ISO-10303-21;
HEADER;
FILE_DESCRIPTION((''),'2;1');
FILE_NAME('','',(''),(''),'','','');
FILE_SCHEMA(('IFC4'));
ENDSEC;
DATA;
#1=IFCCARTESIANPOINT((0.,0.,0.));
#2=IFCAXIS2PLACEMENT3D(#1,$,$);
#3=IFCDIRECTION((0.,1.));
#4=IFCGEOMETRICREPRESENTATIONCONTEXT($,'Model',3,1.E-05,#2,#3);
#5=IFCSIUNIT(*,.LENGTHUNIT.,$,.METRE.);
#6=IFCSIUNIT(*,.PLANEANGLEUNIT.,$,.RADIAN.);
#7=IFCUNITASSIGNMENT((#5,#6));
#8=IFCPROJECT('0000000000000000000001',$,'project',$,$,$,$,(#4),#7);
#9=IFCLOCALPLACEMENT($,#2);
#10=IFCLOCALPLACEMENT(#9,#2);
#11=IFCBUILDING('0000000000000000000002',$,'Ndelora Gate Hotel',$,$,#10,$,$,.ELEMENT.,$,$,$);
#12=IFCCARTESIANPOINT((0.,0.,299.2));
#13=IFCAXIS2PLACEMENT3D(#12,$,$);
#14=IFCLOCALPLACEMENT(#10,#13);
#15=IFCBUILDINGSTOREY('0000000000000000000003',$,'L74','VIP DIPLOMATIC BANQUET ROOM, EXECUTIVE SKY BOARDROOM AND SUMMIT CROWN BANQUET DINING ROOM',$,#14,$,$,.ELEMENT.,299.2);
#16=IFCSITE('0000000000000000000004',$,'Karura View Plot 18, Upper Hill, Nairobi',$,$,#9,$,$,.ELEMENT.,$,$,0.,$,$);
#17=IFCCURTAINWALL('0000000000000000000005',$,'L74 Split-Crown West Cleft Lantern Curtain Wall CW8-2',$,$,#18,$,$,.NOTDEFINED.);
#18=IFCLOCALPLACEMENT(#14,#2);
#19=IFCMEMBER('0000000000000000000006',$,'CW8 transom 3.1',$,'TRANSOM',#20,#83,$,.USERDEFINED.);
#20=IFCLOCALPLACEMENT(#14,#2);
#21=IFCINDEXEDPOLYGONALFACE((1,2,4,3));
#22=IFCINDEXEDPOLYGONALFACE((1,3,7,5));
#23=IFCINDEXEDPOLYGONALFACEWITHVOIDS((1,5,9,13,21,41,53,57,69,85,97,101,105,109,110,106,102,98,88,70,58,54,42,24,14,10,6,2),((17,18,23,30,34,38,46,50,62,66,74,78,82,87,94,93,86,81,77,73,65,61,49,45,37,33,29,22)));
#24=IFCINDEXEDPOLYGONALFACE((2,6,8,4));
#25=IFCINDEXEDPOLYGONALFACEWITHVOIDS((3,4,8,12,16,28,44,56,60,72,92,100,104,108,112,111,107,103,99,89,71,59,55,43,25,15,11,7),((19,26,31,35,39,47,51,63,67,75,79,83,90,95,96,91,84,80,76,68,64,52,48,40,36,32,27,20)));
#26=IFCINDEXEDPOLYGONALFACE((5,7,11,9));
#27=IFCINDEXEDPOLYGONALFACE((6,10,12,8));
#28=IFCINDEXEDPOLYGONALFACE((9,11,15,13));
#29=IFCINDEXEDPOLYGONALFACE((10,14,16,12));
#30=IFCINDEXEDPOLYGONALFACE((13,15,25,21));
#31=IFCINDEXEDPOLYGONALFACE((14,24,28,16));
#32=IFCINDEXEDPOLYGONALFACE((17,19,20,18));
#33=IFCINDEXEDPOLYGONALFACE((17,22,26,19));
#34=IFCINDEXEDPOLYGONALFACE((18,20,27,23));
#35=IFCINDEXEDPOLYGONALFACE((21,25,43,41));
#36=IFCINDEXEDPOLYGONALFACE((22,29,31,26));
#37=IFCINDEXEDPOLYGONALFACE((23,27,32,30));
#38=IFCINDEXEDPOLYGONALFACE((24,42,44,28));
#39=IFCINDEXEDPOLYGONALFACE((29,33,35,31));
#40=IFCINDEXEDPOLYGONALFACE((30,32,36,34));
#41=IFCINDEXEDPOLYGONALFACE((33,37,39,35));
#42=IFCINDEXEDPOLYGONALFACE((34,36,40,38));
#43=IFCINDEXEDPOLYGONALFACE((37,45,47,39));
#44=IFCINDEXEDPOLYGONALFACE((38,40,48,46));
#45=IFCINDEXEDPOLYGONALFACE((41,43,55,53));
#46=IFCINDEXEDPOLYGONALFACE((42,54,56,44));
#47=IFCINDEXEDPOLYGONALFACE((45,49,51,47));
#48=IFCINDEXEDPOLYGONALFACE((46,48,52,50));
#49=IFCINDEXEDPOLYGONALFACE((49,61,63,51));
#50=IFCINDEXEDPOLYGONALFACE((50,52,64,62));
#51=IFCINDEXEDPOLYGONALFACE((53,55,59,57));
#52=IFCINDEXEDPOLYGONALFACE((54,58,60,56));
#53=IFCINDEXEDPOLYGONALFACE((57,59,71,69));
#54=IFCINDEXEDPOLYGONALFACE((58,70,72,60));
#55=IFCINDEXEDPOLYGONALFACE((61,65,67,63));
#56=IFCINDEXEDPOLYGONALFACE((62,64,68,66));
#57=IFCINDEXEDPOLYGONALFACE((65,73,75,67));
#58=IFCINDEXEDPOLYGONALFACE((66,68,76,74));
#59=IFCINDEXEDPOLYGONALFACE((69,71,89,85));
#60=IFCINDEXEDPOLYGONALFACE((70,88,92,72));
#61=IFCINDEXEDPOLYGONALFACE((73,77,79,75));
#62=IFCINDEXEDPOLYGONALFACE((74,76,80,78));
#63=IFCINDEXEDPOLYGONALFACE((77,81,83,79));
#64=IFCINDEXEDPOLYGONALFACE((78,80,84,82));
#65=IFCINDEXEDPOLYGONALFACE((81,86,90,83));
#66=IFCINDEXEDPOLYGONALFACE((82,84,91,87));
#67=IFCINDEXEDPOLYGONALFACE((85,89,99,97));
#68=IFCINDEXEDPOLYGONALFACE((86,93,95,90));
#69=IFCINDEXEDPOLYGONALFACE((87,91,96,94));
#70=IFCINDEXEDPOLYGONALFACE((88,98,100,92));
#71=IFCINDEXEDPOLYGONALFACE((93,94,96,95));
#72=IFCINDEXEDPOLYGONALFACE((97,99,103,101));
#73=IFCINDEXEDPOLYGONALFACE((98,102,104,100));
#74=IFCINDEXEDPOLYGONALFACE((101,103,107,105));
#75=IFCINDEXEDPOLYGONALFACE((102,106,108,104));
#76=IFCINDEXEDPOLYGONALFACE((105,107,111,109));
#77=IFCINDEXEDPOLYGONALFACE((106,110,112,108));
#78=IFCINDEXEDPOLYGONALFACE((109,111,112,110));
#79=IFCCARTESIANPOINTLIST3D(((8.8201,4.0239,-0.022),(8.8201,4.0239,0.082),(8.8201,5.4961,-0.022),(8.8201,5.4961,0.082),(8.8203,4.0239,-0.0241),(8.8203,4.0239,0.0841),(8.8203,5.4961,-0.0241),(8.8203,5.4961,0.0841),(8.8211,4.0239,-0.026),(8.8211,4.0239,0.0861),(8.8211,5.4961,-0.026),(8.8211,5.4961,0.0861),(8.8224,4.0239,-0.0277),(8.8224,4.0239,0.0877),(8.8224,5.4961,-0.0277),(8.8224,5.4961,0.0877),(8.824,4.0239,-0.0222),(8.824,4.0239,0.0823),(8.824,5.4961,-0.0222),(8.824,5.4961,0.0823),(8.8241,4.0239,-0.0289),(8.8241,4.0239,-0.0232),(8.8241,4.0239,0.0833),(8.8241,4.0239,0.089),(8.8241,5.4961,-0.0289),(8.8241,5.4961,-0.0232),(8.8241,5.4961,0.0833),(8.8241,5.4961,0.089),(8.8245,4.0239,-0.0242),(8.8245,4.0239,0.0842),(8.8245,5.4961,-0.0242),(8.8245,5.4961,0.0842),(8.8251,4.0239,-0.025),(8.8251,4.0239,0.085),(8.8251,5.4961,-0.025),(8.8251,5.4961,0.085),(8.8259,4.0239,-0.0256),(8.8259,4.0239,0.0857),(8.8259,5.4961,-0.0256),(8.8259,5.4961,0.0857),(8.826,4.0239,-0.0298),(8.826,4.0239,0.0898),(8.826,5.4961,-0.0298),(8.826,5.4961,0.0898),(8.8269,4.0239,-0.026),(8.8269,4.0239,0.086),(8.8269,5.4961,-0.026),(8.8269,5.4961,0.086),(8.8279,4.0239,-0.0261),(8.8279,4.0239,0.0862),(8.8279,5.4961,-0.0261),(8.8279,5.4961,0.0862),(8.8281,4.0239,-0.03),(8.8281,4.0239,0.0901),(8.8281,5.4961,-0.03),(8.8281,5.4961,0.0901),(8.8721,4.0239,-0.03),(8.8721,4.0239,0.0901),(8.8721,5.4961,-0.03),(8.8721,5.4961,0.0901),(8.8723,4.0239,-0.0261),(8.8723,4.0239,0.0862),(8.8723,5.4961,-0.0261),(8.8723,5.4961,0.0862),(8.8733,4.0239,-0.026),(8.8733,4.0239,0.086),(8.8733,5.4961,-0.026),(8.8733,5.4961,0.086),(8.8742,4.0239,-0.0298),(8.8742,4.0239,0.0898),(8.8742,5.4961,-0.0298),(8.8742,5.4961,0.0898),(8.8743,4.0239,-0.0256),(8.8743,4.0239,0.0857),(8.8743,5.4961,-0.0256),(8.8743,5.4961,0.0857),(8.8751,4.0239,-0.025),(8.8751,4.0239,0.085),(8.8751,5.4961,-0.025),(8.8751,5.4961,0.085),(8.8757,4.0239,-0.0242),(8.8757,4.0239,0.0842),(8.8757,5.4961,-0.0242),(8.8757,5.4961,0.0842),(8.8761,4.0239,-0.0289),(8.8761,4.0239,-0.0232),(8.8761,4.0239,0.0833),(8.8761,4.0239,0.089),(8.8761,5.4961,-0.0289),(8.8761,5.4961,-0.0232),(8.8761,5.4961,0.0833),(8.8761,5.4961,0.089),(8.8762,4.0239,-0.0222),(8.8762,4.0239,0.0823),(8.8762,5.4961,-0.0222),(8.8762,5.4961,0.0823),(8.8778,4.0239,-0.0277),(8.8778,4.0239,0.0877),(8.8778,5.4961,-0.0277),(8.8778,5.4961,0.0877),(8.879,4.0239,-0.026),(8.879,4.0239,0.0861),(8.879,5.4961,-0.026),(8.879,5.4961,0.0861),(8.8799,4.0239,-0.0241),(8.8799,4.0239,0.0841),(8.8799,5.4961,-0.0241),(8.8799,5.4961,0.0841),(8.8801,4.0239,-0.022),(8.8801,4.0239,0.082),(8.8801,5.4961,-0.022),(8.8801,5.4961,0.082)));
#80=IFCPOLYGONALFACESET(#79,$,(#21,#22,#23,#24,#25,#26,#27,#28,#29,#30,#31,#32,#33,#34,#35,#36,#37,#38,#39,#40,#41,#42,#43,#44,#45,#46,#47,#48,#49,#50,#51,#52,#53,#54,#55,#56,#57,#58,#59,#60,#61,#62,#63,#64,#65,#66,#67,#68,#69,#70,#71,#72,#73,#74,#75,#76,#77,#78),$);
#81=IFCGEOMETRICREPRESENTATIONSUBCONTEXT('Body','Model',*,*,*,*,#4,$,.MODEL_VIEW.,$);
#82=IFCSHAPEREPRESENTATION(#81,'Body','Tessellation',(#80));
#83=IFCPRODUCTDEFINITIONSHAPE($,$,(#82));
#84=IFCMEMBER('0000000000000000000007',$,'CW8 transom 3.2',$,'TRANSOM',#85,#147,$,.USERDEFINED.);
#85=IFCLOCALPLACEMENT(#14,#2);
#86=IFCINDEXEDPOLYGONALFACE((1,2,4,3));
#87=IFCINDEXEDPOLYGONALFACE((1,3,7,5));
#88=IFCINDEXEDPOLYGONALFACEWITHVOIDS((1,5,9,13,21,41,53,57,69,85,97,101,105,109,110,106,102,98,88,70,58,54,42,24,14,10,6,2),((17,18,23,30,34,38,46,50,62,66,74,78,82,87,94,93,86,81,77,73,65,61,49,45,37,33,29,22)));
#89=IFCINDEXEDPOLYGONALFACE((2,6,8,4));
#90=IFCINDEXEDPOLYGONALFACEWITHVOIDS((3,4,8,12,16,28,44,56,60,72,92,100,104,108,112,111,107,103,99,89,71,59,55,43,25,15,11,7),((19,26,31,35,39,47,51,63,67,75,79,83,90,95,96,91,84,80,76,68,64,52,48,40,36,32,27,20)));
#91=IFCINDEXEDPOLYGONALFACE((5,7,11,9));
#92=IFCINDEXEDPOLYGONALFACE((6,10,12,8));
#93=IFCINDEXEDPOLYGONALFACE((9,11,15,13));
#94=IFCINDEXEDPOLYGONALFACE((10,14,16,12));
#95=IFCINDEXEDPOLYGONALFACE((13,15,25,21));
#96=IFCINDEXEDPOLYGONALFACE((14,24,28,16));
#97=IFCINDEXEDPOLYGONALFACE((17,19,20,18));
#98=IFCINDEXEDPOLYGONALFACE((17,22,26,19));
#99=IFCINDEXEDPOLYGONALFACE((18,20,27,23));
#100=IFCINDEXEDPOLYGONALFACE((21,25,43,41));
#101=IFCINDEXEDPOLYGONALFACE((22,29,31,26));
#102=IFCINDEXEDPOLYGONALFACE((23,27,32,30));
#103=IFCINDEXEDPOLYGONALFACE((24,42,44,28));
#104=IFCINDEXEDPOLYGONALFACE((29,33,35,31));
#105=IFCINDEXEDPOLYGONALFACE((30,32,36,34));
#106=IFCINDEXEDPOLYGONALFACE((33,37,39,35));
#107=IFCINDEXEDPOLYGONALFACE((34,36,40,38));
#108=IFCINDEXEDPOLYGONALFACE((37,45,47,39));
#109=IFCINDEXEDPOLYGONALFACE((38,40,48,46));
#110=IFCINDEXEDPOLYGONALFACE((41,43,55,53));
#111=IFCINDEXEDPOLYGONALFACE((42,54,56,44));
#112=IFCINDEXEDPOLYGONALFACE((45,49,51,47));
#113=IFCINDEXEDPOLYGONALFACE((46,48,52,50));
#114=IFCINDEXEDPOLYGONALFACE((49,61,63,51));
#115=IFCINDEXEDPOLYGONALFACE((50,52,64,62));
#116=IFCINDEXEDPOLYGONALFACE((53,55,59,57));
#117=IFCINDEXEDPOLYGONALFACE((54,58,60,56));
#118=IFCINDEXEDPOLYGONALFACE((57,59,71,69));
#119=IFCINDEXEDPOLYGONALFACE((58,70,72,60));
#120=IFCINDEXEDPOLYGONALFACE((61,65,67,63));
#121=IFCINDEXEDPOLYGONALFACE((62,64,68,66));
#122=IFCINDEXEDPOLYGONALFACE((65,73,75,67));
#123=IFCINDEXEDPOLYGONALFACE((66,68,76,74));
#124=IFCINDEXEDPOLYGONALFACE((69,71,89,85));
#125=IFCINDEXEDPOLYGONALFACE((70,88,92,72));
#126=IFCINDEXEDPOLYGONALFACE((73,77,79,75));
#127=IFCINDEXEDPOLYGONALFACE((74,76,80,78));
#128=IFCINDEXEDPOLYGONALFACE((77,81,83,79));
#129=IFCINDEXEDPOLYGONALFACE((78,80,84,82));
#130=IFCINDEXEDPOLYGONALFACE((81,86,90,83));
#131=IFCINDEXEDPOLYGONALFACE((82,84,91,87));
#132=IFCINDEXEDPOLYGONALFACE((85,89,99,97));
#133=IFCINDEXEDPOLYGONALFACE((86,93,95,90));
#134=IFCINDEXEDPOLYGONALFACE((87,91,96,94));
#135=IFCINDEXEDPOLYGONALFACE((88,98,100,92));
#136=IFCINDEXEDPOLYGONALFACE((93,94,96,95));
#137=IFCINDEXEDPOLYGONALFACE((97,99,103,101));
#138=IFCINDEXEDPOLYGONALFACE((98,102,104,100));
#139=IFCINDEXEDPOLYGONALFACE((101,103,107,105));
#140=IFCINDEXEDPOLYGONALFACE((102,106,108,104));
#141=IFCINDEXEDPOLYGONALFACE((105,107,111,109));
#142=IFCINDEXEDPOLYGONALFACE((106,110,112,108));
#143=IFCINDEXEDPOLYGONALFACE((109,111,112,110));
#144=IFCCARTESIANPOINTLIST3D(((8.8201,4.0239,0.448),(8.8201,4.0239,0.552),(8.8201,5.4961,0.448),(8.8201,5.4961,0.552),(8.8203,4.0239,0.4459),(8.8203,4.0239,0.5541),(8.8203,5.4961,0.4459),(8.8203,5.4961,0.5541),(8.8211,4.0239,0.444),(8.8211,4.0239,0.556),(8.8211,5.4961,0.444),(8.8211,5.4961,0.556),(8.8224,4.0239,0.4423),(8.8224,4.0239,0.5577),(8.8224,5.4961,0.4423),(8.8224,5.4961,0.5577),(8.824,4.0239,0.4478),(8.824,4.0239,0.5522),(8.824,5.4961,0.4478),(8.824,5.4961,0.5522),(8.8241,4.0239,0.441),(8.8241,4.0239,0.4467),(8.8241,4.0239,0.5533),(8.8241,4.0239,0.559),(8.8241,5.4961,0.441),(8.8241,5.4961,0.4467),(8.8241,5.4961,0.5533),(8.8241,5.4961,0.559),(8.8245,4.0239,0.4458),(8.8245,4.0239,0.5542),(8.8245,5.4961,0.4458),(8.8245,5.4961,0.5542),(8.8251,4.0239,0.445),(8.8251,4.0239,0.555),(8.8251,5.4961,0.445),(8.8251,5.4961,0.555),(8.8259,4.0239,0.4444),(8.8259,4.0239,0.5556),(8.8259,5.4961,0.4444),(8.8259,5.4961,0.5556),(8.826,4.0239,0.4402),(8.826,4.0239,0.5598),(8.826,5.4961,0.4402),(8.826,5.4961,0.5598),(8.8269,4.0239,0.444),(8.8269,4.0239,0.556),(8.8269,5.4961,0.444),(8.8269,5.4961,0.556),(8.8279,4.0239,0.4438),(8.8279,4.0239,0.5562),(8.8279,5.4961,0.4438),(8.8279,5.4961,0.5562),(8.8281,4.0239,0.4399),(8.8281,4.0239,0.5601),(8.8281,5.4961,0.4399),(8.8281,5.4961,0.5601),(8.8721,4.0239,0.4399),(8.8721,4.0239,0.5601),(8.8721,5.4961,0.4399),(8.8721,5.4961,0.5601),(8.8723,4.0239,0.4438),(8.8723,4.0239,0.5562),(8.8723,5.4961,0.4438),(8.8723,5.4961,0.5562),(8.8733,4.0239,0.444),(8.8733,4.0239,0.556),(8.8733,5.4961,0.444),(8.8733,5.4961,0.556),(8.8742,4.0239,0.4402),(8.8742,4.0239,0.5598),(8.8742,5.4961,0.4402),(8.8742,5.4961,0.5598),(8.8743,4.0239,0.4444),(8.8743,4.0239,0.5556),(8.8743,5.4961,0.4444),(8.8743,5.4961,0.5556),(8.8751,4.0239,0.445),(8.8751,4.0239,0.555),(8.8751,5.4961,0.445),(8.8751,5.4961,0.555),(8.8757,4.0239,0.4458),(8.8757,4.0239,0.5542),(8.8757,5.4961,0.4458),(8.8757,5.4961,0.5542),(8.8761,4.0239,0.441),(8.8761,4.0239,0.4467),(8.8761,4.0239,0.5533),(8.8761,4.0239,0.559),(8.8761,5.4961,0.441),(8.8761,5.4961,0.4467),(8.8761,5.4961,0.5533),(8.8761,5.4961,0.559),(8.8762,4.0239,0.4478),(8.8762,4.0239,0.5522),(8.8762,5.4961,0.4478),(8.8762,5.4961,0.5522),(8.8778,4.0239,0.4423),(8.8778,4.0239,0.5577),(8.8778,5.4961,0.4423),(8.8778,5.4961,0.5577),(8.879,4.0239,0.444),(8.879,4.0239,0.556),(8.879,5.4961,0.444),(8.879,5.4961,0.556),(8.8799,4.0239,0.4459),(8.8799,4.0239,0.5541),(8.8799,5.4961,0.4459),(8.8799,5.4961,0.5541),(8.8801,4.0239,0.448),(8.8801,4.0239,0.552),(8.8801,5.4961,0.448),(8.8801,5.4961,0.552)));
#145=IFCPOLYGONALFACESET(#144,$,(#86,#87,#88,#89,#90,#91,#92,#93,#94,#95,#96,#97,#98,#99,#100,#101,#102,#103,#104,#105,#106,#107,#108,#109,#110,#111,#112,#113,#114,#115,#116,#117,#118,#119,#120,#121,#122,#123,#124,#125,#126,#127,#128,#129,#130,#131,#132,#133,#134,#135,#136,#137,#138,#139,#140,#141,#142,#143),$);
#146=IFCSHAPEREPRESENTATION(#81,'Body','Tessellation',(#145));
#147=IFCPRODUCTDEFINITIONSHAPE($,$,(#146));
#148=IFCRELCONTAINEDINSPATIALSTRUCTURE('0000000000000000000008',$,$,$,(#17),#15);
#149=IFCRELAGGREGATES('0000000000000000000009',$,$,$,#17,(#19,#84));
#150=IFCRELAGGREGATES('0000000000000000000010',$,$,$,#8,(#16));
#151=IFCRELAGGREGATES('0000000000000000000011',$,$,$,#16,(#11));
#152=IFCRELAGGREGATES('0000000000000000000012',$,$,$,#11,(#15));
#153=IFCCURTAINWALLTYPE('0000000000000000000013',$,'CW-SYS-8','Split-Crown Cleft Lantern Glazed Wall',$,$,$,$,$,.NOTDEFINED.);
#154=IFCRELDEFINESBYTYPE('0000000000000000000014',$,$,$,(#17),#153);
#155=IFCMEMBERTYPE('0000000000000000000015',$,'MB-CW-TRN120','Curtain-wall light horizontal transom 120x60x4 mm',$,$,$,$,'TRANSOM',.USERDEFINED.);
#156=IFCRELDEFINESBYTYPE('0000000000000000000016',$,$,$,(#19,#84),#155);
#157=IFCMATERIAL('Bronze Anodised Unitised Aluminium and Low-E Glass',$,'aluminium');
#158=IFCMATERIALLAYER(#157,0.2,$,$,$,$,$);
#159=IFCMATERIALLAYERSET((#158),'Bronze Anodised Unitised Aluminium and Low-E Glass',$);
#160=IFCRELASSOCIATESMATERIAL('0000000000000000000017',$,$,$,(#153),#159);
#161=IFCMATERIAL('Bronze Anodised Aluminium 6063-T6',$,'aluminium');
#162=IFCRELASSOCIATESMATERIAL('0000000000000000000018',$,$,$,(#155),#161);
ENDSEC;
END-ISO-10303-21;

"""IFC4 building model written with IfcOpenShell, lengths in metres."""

from ifc_helpers import new_model, si_unit, direction, frame, origin, origin_2d, place, context, subcontext, project, spatial, hollow_rectangle, extrude, material, layer, layer_set, material_profile, profile_set, type_object, element, aggregate, save


model = new_model("IFC4")

# Units and contexts
model_context = context("Model", 3, precision=1e-05, world=origin(), true_north=direction((0.0, 1.0)))
body_context = subcontext(model_context, "Body", "Model", "MODEL_VIEW")
ifc_project = project(units=[si_unit("LENGTHUNIT", "METRE"), si_unit("PLANEANGLEUNIT", "RADIAN")], contexts=[model_context])

# Site, building, storey
site_placement = place(None, origin())
site = spatial("IfcSite", under=ifc_project, at=site_placement, Name="Karura View Plot 18, Upper Hill, Nairobi", CompositionType="ELEMENT", RefElevation=0.0)
building_placement = place(site_placement, origin())
building = spatial("IfcBuilding", under=site, at=building_placement, Name="Ndelora Gate Hotel", CompositionType="ELEMENT")
storey_placement = place(building_placement, frame((0.0, 0.0, 299.2)))
storey = spatial("IfcBuildingStorey", under=building, at=storey_placement, Name="L74", Description="VIP DIPLOMATIC BANQUET ROOM, EXECUTIVE SKY BOARDROOM AND SUMMIT CROWN BANQUET DINING ROOM", CompositionType="ELEMENT", Elevation=299.2)

# Curtain wall
ifc_material_1 = material(Name="Bronze Anodised Unitised Aluminium and Low-E Glass", Category="aluminium")
ifc_layer_1 = layer(ifc_material_1, 0.2)
ifc_layer_set_1 = layer_set([ifc_layer_1], Name="Bronze Anodised Unitised Aluminium and Low-E Glass")
curtain_wall_type = type_object("IfcCurtainWallType", Name="CW-SYS-8", Description="Split-Crown Cleft Lantern Glazed Wall", PredefinedType="NOTDEFINED", material=ifc_layer_set_1)
curtain_wall_1_placement = place(storey_placement, origin())
curtain_wall_1 = element("IfcCurtainWall", 1, at=curtain_wall_1_placement, inside=storey, type_object=curtain_wall_type, Name="L74 Split-Crown West Cleft Lantern Curtain Wall CW8-2", PredefinedType="NOTDEFINED")
ifc_material_2 = material(Name="Bronze Anodised Aluminium 6063-T6", Category="aluminium")

# Members
ifc_material_profile_1 = material_profile(ifc_material_2, hollow_rectangle(XDim=0.0601, YDim=0.1201, WallThickness=0.0039, InnerFilletRadius=0.0039, OuterFilletRadius=0.0081, at=origin_2d()), Name="ALU 120x60x4")
ifc_profile_set_1 = profile_set([ifc_material_profile_1], Name="Bronze Anodised Aluminium 6063-T6")
member_type_1 = type_object("IfcMemberType", Name="MB-CW-TRN120", Description="Curtain-wall light horizontal transom 120x60x4 mm", ElementType="TRANSOM", PredefinedType="USERDEFINED", material=ifc_profile_set_1)
member_1_placement = place(storey_placement, frame((8.8501, 4.0239, 0.03), z_axis=(0.0, 1.0, 0.0), x_axis=(-1.0, 0.0, 0.0)))
member_1 = element("IfcMember", 2, at=member_1_placement, type_object=member_type_1, Name="CW8 transom 3.1", ObjectType="TRANSOM", PredefinedType="USERDEFINED", context=body_context, shape_type="SweptSolid", body=[
    extrude(hollow_rectangle(XDim=0.0601, YDim=0.1201, WallThickness=0.0039, InnerFilletRadius=0.0039, OuterFilletRadius=0.0081, at=origin_2d()), origin(), (0.0, 0.0, 1.0), 1.4722),
])
member_2_placement = place(storey_placement, frame((8.8501, 4.0239, 0.5), z_axis=(0.0, 1.0, 0.0), x_axis=(-1.0, 0.0, 0.0)))
member_2 = element("IfcMember", 3, at=member_2_placement, type_object=member_type_1, Name="CW8 transom 3.2", ObjectType="TRANSOM", PredefinedType="USERDEFINED", context=body_context, shape_type="SweptSolid", body=[
    extrude(hollow_rectangle(XDim=0.0601, YDim=0.1201, WallThickness=0.0039, InnerFilletRadius=0.0039, OuterFilletRadius=0.0081, at=origin_2d()), origin(), (0.0, 0.0, 1.0), 1.4722),
])

aggregate(curtain_wall_1, [member_1, member_2])

save(model, "model.ifc")
